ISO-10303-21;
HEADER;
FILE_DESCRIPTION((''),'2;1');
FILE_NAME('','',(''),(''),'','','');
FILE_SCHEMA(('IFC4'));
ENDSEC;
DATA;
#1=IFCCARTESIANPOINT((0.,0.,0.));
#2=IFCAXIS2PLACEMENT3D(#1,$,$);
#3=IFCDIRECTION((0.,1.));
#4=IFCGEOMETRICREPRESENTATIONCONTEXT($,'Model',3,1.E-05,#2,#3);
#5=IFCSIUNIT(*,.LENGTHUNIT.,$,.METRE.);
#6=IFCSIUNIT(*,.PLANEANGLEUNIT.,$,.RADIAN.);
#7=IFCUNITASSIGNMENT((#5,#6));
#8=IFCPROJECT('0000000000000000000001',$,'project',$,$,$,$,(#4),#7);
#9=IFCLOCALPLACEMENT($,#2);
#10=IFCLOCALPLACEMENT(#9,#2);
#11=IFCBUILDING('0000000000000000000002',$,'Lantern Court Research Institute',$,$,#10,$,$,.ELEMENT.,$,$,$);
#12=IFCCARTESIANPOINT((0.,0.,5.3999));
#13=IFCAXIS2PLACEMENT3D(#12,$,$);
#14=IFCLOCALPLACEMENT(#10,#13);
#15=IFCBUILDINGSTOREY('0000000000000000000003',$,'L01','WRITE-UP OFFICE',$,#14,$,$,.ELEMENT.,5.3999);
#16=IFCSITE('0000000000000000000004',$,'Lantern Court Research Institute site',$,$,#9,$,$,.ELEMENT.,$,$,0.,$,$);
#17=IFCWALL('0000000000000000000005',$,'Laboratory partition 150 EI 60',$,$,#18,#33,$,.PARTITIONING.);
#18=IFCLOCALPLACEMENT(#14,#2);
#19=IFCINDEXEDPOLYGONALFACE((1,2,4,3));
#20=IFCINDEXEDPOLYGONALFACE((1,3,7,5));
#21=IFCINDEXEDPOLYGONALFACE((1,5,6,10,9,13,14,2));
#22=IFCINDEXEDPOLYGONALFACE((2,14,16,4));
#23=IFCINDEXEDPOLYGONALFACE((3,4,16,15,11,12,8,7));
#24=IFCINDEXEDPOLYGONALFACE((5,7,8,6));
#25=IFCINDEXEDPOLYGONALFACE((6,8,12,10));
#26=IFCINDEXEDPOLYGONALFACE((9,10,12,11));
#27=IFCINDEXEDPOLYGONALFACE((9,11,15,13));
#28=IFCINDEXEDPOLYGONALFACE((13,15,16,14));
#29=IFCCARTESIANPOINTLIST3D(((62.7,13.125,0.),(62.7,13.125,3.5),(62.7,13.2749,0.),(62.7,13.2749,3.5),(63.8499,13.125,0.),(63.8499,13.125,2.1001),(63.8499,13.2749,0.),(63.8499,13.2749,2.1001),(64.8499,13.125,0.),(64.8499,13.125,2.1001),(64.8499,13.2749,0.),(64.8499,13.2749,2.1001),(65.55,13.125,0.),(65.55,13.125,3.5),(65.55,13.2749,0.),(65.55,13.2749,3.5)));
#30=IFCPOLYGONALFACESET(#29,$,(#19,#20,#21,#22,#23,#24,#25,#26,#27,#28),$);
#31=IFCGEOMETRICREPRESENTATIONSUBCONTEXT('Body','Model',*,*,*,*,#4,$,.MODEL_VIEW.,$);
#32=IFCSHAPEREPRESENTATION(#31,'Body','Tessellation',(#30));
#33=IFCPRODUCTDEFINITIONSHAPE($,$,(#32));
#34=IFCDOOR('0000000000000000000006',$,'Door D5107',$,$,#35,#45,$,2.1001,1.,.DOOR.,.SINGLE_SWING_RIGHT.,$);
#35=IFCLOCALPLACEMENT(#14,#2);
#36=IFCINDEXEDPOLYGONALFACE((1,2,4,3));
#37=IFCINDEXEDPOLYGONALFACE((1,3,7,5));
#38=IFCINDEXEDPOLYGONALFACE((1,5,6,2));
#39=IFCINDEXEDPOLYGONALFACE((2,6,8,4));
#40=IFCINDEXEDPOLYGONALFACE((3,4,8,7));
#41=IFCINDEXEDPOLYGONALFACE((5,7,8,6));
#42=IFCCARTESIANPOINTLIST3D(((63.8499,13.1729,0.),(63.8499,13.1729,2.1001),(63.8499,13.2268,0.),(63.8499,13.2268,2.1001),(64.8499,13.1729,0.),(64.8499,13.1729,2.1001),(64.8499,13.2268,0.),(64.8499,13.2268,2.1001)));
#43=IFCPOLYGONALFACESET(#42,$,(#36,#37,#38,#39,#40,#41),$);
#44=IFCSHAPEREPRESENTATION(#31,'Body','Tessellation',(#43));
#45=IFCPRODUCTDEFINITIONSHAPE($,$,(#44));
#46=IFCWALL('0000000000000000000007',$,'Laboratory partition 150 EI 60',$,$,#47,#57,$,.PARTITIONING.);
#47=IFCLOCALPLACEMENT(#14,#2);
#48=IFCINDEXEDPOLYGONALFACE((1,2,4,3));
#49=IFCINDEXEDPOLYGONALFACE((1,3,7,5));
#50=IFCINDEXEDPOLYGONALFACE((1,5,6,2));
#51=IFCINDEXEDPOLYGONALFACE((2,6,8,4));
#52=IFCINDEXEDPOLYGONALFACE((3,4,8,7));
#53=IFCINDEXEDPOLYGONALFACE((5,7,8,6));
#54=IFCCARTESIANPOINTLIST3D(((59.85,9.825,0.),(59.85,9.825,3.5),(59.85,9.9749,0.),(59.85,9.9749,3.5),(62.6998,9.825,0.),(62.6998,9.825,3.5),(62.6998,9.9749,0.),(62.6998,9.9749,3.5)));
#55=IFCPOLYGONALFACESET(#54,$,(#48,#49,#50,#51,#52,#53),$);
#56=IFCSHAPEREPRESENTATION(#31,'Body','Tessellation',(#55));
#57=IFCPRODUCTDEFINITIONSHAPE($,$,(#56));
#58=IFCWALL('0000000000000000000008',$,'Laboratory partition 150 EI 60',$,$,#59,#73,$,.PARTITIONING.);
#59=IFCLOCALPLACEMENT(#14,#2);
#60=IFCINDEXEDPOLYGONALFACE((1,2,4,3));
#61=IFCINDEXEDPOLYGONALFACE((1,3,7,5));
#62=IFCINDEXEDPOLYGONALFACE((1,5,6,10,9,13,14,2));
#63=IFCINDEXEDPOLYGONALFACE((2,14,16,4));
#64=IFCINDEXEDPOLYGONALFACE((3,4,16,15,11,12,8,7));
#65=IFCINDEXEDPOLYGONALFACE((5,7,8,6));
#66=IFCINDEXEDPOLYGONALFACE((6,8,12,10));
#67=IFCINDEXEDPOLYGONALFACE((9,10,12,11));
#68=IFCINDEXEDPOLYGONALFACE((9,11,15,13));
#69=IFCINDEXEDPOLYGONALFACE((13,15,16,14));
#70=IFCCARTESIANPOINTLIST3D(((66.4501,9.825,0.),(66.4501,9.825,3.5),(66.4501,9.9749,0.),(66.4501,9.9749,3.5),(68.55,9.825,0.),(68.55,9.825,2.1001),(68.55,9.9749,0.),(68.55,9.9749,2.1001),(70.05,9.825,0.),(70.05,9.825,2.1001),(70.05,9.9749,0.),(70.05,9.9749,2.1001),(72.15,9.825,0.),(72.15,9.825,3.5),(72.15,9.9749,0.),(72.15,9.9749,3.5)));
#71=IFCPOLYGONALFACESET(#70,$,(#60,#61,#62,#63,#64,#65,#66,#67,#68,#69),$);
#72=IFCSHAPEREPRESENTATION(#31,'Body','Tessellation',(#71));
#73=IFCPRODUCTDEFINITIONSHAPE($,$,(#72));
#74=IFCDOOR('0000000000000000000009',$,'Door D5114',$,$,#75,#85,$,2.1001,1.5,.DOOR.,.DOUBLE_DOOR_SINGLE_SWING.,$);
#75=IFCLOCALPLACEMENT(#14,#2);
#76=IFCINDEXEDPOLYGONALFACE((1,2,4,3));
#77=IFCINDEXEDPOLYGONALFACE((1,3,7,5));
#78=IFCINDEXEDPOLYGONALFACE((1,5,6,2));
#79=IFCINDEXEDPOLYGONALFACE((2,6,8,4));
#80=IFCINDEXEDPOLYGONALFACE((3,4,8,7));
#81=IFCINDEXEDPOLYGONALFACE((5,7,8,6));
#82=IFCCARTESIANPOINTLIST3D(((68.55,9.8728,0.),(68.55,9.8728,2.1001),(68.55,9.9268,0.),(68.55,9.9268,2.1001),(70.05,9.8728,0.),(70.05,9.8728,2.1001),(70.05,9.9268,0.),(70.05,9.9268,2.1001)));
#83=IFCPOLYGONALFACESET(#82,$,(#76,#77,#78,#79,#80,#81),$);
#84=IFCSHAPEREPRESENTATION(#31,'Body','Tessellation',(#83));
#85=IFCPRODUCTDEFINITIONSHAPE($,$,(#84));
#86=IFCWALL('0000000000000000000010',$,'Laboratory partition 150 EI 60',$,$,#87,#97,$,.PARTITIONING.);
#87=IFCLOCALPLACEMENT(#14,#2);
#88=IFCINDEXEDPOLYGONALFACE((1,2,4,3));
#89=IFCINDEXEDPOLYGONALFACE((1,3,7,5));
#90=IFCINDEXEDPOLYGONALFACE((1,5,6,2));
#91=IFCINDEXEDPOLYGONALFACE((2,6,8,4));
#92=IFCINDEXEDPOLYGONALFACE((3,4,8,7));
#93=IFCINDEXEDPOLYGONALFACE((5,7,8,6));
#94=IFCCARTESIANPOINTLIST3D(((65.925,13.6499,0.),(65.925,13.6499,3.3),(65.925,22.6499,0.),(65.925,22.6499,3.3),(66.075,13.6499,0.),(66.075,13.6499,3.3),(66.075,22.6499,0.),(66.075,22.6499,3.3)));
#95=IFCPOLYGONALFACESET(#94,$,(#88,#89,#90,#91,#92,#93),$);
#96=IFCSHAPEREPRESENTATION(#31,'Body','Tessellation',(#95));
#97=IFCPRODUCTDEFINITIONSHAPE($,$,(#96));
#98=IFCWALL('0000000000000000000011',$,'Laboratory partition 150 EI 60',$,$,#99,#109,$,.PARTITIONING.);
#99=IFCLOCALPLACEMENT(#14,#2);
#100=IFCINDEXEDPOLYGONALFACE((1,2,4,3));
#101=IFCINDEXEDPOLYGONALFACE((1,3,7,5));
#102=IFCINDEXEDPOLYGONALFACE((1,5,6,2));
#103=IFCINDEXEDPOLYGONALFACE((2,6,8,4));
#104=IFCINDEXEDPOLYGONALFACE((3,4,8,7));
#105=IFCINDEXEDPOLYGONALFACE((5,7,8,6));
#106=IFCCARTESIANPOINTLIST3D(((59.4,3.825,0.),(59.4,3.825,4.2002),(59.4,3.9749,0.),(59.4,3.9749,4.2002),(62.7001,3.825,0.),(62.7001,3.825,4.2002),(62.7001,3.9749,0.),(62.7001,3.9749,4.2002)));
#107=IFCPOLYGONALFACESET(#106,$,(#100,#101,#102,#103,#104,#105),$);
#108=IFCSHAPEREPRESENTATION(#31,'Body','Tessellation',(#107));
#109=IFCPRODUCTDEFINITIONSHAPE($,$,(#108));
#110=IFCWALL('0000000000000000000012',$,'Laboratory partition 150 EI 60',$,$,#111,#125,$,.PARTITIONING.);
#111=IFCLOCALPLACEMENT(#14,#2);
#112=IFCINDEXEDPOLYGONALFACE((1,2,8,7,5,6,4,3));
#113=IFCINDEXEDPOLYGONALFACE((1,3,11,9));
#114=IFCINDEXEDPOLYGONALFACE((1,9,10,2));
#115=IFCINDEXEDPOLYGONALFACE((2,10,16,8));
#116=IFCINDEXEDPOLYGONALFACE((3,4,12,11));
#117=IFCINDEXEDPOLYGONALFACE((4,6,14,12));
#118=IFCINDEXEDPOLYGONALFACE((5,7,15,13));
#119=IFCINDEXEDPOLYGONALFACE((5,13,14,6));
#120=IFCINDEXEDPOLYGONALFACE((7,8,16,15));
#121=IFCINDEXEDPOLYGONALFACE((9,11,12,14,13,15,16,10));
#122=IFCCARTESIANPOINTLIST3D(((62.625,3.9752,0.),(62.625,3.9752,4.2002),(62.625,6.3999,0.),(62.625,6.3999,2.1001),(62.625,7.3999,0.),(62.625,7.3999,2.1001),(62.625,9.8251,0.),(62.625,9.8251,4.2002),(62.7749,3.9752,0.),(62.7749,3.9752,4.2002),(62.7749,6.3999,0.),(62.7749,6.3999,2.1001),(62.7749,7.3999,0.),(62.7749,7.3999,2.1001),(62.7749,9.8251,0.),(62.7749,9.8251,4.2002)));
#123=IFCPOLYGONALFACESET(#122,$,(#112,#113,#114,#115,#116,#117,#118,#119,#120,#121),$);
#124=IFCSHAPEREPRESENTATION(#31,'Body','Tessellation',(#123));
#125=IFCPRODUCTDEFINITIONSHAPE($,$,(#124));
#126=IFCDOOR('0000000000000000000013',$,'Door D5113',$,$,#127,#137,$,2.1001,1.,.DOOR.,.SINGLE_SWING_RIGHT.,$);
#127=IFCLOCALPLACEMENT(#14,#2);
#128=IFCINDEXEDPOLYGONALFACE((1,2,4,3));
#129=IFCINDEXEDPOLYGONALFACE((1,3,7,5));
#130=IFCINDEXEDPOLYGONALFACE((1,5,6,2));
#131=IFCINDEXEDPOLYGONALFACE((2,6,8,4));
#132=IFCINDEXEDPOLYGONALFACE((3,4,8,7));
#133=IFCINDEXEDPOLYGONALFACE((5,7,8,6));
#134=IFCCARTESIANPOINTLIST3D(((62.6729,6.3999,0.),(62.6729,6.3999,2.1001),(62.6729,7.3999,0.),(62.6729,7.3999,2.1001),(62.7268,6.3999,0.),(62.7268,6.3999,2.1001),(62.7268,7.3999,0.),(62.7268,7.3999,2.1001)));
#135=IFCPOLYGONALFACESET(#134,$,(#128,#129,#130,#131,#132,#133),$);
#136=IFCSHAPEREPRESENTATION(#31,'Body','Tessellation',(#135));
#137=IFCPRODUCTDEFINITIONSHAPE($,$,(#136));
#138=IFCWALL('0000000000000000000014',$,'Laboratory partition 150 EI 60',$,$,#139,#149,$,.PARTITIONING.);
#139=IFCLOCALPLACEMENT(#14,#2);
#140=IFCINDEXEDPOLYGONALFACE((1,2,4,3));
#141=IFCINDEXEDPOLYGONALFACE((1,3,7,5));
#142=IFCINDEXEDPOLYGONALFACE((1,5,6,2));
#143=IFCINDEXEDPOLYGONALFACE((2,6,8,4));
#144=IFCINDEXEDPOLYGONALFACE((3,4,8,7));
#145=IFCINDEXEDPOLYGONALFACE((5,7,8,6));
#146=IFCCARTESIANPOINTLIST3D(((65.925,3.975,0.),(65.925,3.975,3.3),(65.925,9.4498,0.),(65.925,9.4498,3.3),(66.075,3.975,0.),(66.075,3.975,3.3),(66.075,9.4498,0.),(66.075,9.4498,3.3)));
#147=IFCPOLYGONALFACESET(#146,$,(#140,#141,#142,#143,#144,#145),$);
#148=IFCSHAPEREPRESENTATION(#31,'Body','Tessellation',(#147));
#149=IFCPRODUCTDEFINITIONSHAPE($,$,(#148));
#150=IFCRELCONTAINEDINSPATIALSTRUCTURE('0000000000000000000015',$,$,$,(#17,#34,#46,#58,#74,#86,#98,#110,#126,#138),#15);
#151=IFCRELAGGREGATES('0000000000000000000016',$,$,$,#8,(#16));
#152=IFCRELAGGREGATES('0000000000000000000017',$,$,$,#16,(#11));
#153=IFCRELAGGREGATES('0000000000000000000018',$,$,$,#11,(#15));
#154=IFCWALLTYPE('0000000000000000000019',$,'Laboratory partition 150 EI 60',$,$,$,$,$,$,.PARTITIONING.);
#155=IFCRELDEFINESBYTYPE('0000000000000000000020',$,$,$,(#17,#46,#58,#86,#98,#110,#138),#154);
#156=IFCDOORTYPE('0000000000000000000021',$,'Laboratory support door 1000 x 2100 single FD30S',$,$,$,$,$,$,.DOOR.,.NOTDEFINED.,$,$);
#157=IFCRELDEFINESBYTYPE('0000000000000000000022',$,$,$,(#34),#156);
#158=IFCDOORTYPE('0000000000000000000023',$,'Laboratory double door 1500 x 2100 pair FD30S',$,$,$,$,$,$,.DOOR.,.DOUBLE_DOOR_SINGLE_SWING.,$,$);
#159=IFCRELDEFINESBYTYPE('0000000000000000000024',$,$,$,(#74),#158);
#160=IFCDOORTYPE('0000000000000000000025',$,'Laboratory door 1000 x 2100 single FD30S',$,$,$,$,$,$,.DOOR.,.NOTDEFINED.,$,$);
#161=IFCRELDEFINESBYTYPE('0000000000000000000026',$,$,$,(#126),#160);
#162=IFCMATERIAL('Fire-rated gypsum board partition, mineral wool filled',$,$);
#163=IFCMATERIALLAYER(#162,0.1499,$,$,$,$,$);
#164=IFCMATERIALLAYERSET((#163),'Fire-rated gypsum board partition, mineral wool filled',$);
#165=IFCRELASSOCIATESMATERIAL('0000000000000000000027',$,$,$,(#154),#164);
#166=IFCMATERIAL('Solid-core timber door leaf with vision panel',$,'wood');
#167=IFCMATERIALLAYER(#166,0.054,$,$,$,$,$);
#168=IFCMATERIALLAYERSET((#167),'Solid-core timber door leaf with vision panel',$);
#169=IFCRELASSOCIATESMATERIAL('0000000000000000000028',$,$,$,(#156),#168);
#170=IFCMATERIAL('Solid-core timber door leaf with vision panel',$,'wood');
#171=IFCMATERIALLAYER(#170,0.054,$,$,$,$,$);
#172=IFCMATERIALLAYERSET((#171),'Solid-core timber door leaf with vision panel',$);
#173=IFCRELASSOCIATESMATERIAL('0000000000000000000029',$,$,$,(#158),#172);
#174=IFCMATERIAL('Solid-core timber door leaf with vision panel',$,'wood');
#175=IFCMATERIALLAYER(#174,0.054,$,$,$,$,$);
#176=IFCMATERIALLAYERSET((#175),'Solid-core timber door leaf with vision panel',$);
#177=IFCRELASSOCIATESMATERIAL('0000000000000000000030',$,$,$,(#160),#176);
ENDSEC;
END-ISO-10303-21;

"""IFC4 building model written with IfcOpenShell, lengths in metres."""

from ifc_helpers import new_model, si_unit, direction, frame, frame_2d, origin, place, context, subcontext, project, spatial, rectangle, extrude, material, layer, layer_set, type_object, element, fill, save


model = new_model("IFC4")

# Units and contexts
model_context = context("Model", 3, precision=1e-05, world=origin(), true_north=direction((0.0, 1.0)))
body_context = subcontext(model_context, "Body", "Model", "MODEL_VIEW")
ifc_project = project(units=[si_unit("LENGTHUNIT", "METRE"), si_unit("PLANEANGLEUNIT", "RADIAN")], contexts=[model_context])

# Site, building, storey
site_placement = place(None, origin())
site = spatial("IfcSite", under=ifc_project, at=site_placement, Name="Lantern Court Research Institute site", CompositionType="ELEMENT", RefElevation=0.0)
building_placement = place(site_placement, origin())
building = spatial("IfcBuilding", under=site, at=building_placement, Name="Lantern Court Research Institute", CompositionType="ELEMENT")
storey_placement = place(building_placement, frame((0.0, 0.0, 5.3999)))
storey = spatial("IfcBuildingStorey", under=building, at=storey_placement, Name="L01", Description="WRITE-UP OFFICE", CompositionType="ELEMENT", Elevation=5.3999)

# Wall, opening, door
ifc_material_1 = material(Name="Fire-rated gypsum board partition, mineral wool filled")
ifc_layer_1 = layer(ifc_material_1, 0.1499)
ifc_layer_set_1 = layer_set([ifc_layer_1], Name="Fire-rated gypsum board partition, mineral wool filled")
wall_type_1 = type_object("IfcWallType", Name="Laboratory partition 150 EI 60", PredefinedType="PARTITIONING", material=ifc_layer_set_1)
wall_1_placement = place(storey_placement, frame((62.7, 13.2, 0.0), z_axis=(0.0, 0.0, 1.0), x_axis=(1.0, 0.0, 0.0)))
wall_1 = element("IfcWall", 1, at=wall_1_placement, inside=storey, type_object=wall_type_1, Name="Laboratory partition 150 EI 60", PredefinedType="PARTITIONING", context=body_context, shape_type="SweptSolid", body=[
    extrude(rectangle(XDim=2.8501, YDim=0.1499, at=frame_2d((1.425, 0.0))), origin(), (0.0, 0.0, 1.0), 3.5),
])
opening_1_placement = place(wall_1_placement, frame((1.1499, 0.0, 0.0)))
opening_1 = element("IfcOpeningElement", 2, at=opening_1_placement, cuts=wall_1, PredefinedType="OPENING", context=body_context, shape_type="SweptSolid", body=[
    extrude(rectangle(XDim=1.0, YDim=2.1001, at=frame_2d((0.5, 1.05))), frame((0.0, 0.085, 0.0), z_axis=(0.0, -1.0, 0.0), x_axis=(1.0, 0.0, 0.0)), (0.0, 0.0, 1.0), 0.1699),
])
ifc_material_2 = material(Name="Solid-core timber door leaf with vision panel", Category="wood")
ifc_layer_2 = layer(ifc_material_2, 0.054)
ifc_layer_set_2 = layer_set([ifc_layer_2], Name="Solid-core timber door leaf with vision panel")
door_type_1 = type_object("IfcDoorType", Name="Laboratory support door 1000 x 2100 single FD30S", OperationType="NOTDEFINED", PredefinedType="DOOR", material=ifc_layer_set_2)
door_1_placement = place(opening_1_placement, origin())
door_1 = element("IfcDoor", 3, at=door_1_placement, inside=storey, type_object=door_type_1, Name="Door D5107", OperationType="SINGLE_SWING_RIGHT", OverallHeight=2.1001, OverallWidth=1.0, PredefinedType="DOOR", context=body_context, shape_type="SweptSolid", body=[
    extrude(rectangle(XDim=1.0, YDim=2.1001, at=frame_2d((0.5, 1.05))), frame((0.0, 0.0269, 0.0), z_axis=(0.0, -1.0, 0.0), x_axis=(1.0, 0.0, 0.0)), (0.0, 0.0, 1.0), 0.054),
])
fill(opening_1, door_1)

# Wall
wall_2_placement = place(storey_placement, frame((59.8501, 9.8999, 0.0), z_axis=(0.0, 0.0, 1.0), x_axis=(1.0, 0.0, 0.0)))
element("IfcWall", 4, at=wall_2_placement, inside=storey, type_object=wall_type_1, Name="Laboratory partition 150 EI 60", PredefinedType="PARTITIONING", context=body_context, shape_type="SweptSolid", body=[
    extrude(rectangle(XDim=2.8499, YDim=0.1499, at=frame_2d((1.4248, 0.0))), origin(), (0.0, 0.0, 1.0), 3.5),
])

# Wall, opening, door
wall_3_placement = place(storey_placement, frame((66.45, 9.8999, 0.0), z_axis=(0.0, 0.0, 1.0), x_axis=(1.0, 0.0, 0.0)))
wall_3 = element("IfcWall", 5, at=wall_3_placement, inside=storey, type_object=wall_type_1, Name="Laboratory partition 150 EI 60", PredefinedType="PARTITIONING", context=body_context, shape_type="SweptSolid", body=[
    extrude(rectangle(XDim=5.7, YDim=0.1499, at=frame_2d((2.8501, 0.0))), origin(), (0.0, 0.0, 1.0), 3.5),
])
opening_2_placement = place(wall_3_placement, frame((2.1001, 0.0, 0.0)))
opening_2 = element("IfcOpeningElement", 6, at=opening_2_placement, cuts=wall_3, PredefinedType="OPENING", context=body_context, shape_type="SweptSolid", body=[
    extrude(rectangle(XDim=1.5, YDim=2.1001, at=frame_2d((0.75, 1.05))), frame((0.0, 0.085, 0.0), z_axis=(0.0, -1.0, 0.0), x_axis=(1.0, 0.0, 0.0)), (0.0, 0.0, 1.0), 0.1699),
])
ifc_material_3 = material(Name="Solid-core timber door leaf with vision panel", Category="wood")
ifc_layer_3 = layer(ifc_material_3, 0.054)
ifc_layer_set_3 = layer_set([ifc_layer_3], Name="Solid-core timber door leaf with vision panel")
door_type_2 = type_object("IfcDoorType", Name="Laboratory double door 1500 x 2100 pair FD30S", OperationType="DOUBLE_DOOR_SINGLE_SWING", PredefinedType="DOOR", material=ifc_layer_set_3)
door_2_placement = place(opening_2_placement, origin())
door_2 = element("IfcDoor", 7, at=door_2_placement, inside=storey, type_object=door_type_2, Name="Door D5114", OperationType="DOUBLE_DOOR_SINGLE_SWING", OverallHeight=2.1001, OverallWidth=1.5, PredefinedType="DOOR", context=body_context, shape_type="SweptSolid", body=[
    extrude(rectangle(XDim=1.5, YDim=2.1001, at=frame_2d((0.75, 1.05))), frame((0.0, 0.0269, 0.0), z_axis=(0.0, -1.0, 0.0), x_axis=(1.0, 0.0, 0.0)), (0.0, 0.0, 1.0), 0.054),
])
fill(opening_2, door_2)

# Walls
wall_4_placement = place(storey_placement, frame((66.0, 13.6499, 0.0), z_axis=(0.0, 0.0, 1.0), x_axis=(0.0, 1.0, 0.0)))
element("IfcWall", 8, at=wall_4_placement, inside=storey, type_object=wall_type_1, Name="Laboratory partition 150 EI 60", PredefinedType="PARTITIONING", context=body_context, shape_type="SweptSolid", body=[
    extrude(rectangle(XDim=9.0, YDim=0.1499, at=frame_2d((4.5, 0.0))), origin(), (0.0, 0.0, 1.0), 3.3),
])
wall_5_placement = place(storey_placement, frame((62.7, 3.8999, 0.0), z_axis=(0.0, 0.0, 1.0), x_axis=(-1.0, 0.0, 0.0)))
element("IfcWall", 9, at=wall_5_placement, inside=storey, type_object=wall_type_1, Name="Laboratory partition 150 EI 60", PredefinedType="PARTITIONING", context=body_context, shape_type="SweptSolid", body=[
    extrude(rectangle(XDim=3.3, YDim=0.1499, at=frame_2d((1.6499, 0.0))), origin(), (0.0, 0.0, 1.0), 4.2002),
])

# Wall, opening, door
wall_6_placement = place(storey_placement, frame((62.7, 9.825, 0.0), z_axis=(0.0, 0.0, 1.0), x_axis=(0.0, -1.0, 0.0)))
wall_6 = element("IfcWall", 10, at=wall_6_placement, inside=storey, type_object=wall_type_1, Name="Laboratory partition 150 EI 60", PredefinedType="PARTITIONING", context=body_context, shape_type="SweptSolid", body=[
    extrude(rectangle(XDim=5.8499, YDim=0.1499, at=frame_2d((2.9248, 0.0))), origin(), (0.0, 0.0, 1.0), 4.2002),
])
opening_3_placement = place(wall_6_placement, frame((2.425, 0.0, 0.0)))
opening_3 = element("IfcOpeningElement", 11, at=opening_3_placement, cuts=wall_6, PredefinedType="OPENING", context=body_context, shape_type="SweptSolid", body=[
    extrude(rectangle(XDim=1.0, YDim=2.1001, at=frame_2d((0.5, 1.05))), frame((0.0, 0.085, 0.0), z_axis=(0.0, -1.0, 0.0), x_axis=(1.0, 0.0, 0.0)), (0.0, 0.0, 1.0), 0.1699),
])
ifc_material_4 = material(Name="Solid-core timber door leaf with vision panel", Category="wood")
ifc_layer_4 = layer(ifc_material_4, 0.054)
ifc_layer_set_4 = layer_set([ifc_layer_4], Name="Solid-core timber door leaf with vision panel")
door_type_3 = type_object("IfcDoorType", Name="Laboratory door 1000 x 2100 single FD30S", OperationType="NOTDEFINED", PredefinedType="DOOR", material=ifc_layer_set_4)
door_3_placement = place(opening_3_placement, origin())
door_3 = element("IfcDoor", 12, at=door_3_placement, inside=storey, type_object=door_type_3, Name="Door D5113", OperationType="SINGLE_SWING_RIGHT", OverallHeight=2.1001, OverallWidth=1.0, PredefinedType="DOOR", context=body_context, shape_type="SweptSolid", body=[
    extrude(rectangle(XDim=1.0, YDim=2.1001, at=frame_2d((0.5, 1.05))), frame((0.0, 0.0269, 0.0), z_axis=(0.0, -1.0, 0.0), x_axis=(1.0, 0.0, 0.0)), (0.0, 0.0, 1.0), 0.054),
])
fill(opening_3, door_3)

# Wall
wall_7_placement = place(storey_placement, frame((66.0, 3.9751, 0.0), z_axis=(0.0, 0.0, 1.0), x_axis=(0.0, 1.0, 0.0)))
element("IfcWall", 13, at=wall_7_placement, inside=storey, type_object=wall_type_1, Name="Laboratory partition 150 EI 60", PredefinedType="PARTITIONING", context=body_context, shape_type="SweptSolid", body=[
    extrude(rectangle(XDim=5.4749, YDim=0.1499, at=frame_2d((2.7373, 0.0))), origin(), (0.0, 0.0, 1.0), 3.3),
])

save(model, "model.ifc")
